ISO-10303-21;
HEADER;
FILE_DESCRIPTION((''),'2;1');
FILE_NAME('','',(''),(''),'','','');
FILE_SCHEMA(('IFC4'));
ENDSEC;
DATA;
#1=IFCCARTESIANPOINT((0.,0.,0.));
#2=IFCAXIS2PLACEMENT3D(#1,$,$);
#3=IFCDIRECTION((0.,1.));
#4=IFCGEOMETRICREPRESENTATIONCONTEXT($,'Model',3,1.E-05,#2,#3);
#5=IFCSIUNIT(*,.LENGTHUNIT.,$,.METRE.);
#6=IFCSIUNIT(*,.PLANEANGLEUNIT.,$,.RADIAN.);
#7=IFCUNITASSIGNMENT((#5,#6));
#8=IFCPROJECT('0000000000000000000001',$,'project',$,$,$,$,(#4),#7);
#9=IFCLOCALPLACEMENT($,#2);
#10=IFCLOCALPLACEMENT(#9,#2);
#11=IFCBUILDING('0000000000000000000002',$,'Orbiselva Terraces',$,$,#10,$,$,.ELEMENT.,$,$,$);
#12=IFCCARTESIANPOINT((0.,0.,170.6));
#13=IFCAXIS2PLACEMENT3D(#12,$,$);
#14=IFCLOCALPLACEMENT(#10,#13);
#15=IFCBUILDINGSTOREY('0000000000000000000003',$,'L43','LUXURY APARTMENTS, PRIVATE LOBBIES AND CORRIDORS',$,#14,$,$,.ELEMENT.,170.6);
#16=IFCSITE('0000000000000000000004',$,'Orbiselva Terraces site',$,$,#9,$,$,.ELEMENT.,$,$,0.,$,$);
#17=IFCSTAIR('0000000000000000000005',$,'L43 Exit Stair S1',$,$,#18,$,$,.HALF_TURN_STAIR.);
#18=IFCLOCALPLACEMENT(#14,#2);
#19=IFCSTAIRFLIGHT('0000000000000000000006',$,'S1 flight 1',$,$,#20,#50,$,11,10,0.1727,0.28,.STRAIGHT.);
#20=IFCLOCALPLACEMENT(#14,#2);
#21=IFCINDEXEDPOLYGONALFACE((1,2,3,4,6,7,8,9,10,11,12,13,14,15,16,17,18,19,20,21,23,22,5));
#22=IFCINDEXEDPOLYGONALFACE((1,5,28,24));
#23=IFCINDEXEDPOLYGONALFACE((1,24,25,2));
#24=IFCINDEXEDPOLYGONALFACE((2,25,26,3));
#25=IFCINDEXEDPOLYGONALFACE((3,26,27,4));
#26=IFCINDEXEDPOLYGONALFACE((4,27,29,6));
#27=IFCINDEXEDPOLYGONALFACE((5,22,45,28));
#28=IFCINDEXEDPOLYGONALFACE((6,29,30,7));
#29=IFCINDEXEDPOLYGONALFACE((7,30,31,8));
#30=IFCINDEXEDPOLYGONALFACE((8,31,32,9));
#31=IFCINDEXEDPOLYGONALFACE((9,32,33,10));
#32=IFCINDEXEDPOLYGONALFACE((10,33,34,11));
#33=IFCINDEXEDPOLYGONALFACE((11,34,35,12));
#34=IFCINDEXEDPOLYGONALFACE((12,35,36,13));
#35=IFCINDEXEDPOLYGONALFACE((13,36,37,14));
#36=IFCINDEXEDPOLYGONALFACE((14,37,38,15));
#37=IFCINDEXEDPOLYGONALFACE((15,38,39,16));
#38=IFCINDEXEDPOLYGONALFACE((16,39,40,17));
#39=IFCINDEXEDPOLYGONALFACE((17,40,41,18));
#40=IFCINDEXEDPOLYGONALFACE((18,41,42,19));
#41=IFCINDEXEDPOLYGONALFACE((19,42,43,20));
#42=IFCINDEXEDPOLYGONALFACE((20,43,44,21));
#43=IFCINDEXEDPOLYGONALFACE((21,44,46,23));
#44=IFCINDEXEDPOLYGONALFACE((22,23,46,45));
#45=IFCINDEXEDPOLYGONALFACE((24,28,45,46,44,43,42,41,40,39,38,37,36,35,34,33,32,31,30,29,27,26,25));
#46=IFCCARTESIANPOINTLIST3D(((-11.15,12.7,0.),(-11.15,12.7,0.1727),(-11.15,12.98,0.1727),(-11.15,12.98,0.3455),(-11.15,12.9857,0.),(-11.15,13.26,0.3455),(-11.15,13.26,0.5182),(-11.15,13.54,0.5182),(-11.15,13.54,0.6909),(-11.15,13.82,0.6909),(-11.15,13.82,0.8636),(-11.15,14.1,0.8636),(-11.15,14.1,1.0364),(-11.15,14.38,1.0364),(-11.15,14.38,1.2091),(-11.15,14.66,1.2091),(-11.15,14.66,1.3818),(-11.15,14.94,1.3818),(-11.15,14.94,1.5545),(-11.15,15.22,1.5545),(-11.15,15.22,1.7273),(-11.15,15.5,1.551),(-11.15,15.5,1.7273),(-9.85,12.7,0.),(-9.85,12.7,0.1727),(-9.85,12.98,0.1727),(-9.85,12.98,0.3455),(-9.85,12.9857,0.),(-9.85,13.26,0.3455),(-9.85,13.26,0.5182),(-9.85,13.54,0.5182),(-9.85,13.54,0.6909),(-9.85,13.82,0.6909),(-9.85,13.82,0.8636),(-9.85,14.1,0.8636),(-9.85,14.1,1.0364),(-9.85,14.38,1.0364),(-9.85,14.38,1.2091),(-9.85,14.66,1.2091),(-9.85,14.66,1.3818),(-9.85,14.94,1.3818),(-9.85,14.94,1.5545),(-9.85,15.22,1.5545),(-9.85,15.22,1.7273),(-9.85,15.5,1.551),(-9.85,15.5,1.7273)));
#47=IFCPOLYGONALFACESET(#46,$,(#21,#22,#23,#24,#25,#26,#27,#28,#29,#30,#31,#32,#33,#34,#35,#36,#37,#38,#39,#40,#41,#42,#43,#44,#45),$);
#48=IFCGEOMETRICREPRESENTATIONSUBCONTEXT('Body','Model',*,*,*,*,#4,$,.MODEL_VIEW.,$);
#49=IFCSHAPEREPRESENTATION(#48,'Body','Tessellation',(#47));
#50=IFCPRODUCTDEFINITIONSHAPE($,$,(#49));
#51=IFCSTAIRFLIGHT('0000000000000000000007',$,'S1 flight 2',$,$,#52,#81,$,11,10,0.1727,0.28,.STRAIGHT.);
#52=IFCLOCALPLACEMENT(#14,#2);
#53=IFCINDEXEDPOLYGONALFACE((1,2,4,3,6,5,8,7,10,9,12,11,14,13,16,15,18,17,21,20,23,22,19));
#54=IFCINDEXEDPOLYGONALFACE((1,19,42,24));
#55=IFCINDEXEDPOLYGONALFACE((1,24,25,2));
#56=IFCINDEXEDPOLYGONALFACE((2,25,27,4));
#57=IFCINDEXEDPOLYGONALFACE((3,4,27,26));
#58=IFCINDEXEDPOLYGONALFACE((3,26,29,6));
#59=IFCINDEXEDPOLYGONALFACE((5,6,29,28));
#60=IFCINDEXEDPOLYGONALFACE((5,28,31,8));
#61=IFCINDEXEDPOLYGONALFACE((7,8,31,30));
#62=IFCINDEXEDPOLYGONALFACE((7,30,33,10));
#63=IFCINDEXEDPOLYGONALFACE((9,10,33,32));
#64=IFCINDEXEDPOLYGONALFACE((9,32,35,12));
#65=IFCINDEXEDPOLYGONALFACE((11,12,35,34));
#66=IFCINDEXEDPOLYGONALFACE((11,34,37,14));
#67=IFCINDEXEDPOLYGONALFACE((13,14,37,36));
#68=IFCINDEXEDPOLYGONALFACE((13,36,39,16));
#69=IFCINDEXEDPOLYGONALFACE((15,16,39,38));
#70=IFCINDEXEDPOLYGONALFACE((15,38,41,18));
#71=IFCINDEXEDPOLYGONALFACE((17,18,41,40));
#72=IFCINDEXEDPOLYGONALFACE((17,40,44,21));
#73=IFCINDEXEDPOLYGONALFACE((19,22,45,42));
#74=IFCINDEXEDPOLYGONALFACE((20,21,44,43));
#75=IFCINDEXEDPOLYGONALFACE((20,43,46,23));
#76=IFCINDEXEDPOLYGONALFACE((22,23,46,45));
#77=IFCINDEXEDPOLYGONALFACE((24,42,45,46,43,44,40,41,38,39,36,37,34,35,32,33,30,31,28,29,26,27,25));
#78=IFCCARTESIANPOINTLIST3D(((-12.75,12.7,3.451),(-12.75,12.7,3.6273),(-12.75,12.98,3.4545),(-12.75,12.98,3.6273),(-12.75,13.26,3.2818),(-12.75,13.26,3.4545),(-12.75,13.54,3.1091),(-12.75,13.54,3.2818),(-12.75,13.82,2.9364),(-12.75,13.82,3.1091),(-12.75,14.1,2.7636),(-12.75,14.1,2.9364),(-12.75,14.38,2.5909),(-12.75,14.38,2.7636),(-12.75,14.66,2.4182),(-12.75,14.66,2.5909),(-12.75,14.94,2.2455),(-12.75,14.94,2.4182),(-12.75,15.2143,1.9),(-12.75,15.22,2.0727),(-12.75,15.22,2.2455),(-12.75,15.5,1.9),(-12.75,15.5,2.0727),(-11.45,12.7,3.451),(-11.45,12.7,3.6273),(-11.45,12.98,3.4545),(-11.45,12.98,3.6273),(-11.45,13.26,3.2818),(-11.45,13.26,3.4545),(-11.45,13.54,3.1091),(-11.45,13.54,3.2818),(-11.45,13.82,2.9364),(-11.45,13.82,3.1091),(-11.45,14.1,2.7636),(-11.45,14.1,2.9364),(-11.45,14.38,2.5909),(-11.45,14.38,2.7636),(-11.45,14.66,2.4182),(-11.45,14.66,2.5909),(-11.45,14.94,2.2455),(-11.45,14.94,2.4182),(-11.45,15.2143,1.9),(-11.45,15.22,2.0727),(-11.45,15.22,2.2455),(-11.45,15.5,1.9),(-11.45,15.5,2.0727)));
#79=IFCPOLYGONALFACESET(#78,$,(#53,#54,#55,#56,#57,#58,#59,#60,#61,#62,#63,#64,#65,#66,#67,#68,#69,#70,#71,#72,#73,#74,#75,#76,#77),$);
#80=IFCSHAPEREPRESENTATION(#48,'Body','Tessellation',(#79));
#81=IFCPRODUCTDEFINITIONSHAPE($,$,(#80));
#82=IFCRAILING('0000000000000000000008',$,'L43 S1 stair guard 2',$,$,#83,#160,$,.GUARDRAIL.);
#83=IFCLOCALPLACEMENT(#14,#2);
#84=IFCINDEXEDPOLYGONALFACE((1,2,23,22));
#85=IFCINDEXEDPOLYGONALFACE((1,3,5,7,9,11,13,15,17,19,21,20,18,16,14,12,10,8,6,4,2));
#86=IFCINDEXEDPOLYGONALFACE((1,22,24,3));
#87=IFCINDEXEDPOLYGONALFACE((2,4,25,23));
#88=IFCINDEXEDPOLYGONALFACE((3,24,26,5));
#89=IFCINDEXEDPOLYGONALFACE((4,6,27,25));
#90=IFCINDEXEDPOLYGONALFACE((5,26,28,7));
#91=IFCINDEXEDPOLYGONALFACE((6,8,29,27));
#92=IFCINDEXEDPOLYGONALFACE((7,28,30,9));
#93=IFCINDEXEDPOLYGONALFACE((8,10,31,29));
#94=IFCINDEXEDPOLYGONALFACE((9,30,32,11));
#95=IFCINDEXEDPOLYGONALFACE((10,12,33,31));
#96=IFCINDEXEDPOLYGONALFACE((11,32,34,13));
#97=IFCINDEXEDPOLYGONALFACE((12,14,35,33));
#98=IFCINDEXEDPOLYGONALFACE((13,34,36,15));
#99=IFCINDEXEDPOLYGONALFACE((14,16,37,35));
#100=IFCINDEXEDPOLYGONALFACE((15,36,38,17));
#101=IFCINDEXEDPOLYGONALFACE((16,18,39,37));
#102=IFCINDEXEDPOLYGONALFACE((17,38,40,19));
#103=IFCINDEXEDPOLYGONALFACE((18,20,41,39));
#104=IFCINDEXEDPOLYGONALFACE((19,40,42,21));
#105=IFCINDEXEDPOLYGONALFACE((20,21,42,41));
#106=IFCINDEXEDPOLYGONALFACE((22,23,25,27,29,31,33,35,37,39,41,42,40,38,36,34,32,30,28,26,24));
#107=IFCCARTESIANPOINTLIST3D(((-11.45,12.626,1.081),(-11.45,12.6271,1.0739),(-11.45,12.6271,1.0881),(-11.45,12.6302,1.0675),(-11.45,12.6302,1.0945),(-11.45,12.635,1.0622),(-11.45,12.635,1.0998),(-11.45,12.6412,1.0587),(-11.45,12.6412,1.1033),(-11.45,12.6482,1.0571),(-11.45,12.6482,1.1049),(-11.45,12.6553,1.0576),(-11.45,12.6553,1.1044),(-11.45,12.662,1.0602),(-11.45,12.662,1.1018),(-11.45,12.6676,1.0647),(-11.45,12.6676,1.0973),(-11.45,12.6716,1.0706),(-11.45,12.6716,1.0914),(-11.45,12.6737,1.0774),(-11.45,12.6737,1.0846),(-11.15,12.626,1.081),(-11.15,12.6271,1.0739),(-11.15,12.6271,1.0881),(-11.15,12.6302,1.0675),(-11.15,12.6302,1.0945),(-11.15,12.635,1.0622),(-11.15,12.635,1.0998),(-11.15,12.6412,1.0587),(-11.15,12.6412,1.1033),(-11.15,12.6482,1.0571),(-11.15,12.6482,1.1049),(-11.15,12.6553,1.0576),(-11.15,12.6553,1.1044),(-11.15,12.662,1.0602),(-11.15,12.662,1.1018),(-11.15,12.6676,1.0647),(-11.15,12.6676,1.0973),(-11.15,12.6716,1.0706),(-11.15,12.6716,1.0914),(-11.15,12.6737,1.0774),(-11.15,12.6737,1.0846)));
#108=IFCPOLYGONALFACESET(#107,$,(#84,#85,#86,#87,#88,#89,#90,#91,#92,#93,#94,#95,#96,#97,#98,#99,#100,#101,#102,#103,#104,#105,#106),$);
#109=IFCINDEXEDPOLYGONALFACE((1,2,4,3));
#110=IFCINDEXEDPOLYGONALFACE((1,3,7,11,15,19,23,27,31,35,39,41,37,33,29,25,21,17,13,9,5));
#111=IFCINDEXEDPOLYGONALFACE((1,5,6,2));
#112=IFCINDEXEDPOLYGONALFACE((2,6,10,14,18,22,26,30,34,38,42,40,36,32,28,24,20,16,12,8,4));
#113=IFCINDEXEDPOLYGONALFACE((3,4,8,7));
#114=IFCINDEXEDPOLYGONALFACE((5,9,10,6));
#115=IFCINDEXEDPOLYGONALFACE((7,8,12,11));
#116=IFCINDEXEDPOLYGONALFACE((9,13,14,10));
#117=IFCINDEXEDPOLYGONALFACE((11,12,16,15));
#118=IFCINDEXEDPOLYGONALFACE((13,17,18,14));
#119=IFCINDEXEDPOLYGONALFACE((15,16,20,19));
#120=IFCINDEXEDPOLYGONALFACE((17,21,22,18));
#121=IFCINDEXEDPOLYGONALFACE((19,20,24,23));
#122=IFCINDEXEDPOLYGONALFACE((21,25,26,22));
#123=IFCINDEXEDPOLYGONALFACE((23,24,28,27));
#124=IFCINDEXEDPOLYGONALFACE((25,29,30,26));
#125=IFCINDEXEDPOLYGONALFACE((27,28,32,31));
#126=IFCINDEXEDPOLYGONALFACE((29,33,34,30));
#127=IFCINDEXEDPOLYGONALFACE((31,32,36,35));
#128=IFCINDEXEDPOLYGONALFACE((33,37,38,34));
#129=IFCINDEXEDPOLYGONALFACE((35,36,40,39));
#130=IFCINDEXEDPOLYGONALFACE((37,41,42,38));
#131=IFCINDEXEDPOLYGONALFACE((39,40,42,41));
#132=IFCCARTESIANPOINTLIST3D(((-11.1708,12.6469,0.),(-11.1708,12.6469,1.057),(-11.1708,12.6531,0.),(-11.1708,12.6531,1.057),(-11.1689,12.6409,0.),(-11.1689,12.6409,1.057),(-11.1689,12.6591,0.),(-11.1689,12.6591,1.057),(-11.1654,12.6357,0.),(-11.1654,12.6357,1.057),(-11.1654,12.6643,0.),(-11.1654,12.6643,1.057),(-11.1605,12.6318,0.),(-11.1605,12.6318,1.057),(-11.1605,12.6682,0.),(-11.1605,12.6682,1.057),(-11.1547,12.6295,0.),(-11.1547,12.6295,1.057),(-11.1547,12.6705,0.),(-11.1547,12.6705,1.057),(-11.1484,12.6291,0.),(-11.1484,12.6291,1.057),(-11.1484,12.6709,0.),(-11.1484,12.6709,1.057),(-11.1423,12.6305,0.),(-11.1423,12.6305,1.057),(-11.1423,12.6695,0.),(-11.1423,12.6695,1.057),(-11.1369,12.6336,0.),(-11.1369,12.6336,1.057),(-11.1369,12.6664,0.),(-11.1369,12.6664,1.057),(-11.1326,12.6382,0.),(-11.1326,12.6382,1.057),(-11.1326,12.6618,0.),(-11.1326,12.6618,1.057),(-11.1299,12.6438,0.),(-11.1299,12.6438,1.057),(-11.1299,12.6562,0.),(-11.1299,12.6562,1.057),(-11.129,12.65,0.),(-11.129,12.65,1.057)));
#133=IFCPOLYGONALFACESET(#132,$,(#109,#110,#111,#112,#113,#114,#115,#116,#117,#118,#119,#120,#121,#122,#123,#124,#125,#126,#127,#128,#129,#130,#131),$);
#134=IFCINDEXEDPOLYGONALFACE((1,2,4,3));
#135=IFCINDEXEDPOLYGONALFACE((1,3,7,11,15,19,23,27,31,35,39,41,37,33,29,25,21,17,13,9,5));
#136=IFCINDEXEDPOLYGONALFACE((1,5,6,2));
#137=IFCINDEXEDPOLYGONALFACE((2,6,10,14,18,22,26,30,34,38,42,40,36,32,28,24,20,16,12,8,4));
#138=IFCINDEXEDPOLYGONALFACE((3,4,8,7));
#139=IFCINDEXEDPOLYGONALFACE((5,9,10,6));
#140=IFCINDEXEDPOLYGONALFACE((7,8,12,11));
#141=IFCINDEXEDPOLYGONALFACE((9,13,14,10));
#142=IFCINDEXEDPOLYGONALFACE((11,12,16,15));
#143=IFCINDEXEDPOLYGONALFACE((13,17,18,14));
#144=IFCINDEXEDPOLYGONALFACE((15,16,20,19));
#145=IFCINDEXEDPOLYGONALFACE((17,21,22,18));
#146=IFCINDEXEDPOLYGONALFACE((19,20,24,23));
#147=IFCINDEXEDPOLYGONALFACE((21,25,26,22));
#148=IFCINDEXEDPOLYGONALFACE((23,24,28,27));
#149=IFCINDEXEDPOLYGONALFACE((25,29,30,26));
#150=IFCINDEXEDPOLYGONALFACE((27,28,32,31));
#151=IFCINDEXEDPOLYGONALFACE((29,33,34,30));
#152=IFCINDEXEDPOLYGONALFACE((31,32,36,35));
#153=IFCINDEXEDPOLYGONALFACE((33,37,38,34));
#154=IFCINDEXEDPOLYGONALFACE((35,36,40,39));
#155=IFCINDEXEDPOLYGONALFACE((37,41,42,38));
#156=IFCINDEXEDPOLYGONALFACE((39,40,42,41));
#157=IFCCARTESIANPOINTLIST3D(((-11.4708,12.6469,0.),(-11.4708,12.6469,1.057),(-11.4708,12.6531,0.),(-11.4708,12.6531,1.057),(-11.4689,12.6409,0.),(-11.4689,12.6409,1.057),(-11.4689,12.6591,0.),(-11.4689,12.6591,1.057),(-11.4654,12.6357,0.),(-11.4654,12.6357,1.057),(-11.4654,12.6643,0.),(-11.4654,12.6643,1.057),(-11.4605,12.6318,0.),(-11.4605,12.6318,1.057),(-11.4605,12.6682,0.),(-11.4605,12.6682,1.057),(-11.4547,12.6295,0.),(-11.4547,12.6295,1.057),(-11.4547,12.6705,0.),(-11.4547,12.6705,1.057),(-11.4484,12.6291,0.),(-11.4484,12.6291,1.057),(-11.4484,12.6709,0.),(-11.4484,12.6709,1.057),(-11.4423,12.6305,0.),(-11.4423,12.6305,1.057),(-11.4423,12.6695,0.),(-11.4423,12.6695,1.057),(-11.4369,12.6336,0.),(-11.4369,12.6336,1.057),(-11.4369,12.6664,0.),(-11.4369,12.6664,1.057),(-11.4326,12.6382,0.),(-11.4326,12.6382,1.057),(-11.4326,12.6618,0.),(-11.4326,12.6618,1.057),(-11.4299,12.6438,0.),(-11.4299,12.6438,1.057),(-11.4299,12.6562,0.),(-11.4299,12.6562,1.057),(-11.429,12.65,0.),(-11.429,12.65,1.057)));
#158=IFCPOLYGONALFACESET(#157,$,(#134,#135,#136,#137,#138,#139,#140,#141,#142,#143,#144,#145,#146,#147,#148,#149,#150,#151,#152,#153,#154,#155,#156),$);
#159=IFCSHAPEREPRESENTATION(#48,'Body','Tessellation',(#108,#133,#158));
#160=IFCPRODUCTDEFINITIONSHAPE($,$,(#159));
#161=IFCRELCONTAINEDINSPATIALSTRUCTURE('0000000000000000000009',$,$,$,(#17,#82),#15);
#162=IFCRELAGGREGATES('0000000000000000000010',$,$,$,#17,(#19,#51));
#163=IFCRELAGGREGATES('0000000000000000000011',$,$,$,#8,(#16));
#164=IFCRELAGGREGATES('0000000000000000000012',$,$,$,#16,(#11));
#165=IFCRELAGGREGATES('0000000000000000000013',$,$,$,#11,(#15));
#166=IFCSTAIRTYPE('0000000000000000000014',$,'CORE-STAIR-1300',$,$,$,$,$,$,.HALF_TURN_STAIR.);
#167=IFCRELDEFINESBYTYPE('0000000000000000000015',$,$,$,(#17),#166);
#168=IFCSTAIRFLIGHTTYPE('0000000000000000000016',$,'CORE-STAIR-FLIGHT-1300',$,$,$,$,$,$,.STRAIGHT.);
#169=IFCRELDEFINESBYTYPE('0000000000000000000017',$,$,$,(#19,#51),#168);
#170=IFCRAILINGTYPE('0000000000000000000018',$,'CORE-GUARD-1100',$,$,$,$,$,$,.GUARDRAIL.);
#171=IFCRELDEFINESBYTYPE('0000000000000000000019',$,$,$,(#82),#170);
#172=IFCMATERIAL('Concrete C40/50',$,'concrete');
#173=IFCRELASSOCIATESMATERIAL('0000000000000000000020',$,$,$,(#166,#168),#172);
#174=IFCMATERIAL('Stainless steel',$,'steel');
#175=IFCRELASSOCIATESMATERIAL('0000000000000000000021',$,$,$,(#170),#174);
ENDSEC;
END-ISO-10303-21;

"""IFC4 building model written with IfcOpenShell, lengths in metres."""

from ifc_helpers import new_model, si_unit, direction, frame, origin, origin_2d, place, context, subcontext, project, spatial, polyline, circle, outline, extrude, material, type_object, element, aggregate, save


model = new_model("IFC4")

# Units and contexts
model_context = context("Model", 3, precision=1e-05, world=origin(), true_north=direction((0.0, 1.0)))
body_context = subcontext(model_context, "Body", "Model", "MODEL_VIEW")
ifc_project = project(units=[si_unit("LENGTHUNIT", "METRE"), si_unit("PLANEANGLEUNIT", "RADIAN")], contexts=[model_context])

# Site, building, storey
site_placement = place(None, origin())
site = spatial("IfcSite", under=ifc_project, at=site_placement, Name="Orbiselva Terraces site", CompositionType="ELEMENT", RefElevation=0.0)
building_placement = place(site_placement, origin())
building = spatial("IfcBuilding", under=site, at=building_placement, Name="Orbiselva Terraces", CompositionType="ELEMENT")
storey_placement = place(building_placement, frame((0.0, 0.0, 170.6)))
storey = spatial("IfcBuildingStorey", under=building, at=storey_placement, Name="L43", Description="LUXURY APARTMENTS, PRIVATE LOBBIES AND CORRIDORS", CompositionType="ELEMENT", Elevation=170.6)

# Stair, stair flights
ifc_material_1 = material(Name="Concrete C40/50", Category="concrete")
stair_type = type_object("IfcStairType", Name="CORE-STAIR-1300", PredefinedType="HALF_TURN_STAIR", material=ifc_material_1)
stair_placement = place(storey_placement, origin())
stair = element("IfcStair", 1, at=stair_placement, inside=storey, type_object=stair_type, Name="L43 Exit Stair S1", PredefinedType="HALF_TURN_STAIR")
stair_flight_type = type_object("IfcStairFlightType", Name="CORE-STAIR-FLIGHT-1300", PredefinedType="STRAIGHT", material=ifc_material_1)
stair_flight_1_placement = place(storey_placement, frame((-10.5, 12.7, 0.0), z_axis=(0.0, 0.0, 1.0), x_axis=(0.0, 1.0, 0.0)))
stair_flight_1 = element("IfcStairFlight", 2, at=stair_flight_1_placement, type_object=stair_flight_type, Name="S1 flight 1", NumberOfRisers=11, NumberOfTreads=10, PredefinedType="STRAIGHT", RiserHeight=0.1727, TreadLength=0.28, context=body_context, shape_type="SweptSolid", body=[
    extrude(outline(polyline([(0.0, 0.0), (0.0, 0.1727), (0.28, 0.1727), (0.28, 0.3455), (0.56, 0.3455), (0.56, 0.5182), (0.84, 0.5182), (0.84, 0.6909), (1.12, 0.6909), (1.12, 0.8636), (1.4, 0.8636), (1.4, 1.0364), (1.68, 1.0364), (1.68, 1.2091), (1.96, 1.2091), (1.96, 1.3818), (2.24, 1.3818), (2.24, 1.5545), (2.52, 1.5545), (2.52, 1.7273), (2.8, 1.7273), (2.8, 1.9), (2.8, 1.551), (0.2857, 0.0), (0.0, 0.0)])), frame((0.0, 0.65, 0.0), z_axis=(0.0, -1.0, 0.0), x_axis=(1.0, 0.0, 0.0)), (0.0, 0.0, 1.0), 1.3),
])
stair_flight_2_placement = place(storey_placement, frame((-12.1, 15.5, 1.9), z_axis=(0.0, 0.0, 1.0), x_axis=(0.0, -1.0, 0.0)))
stair_flight_2 = element("IfcStairFlight", 3, at=stair_flight_2_placement, type_object=stair_flight_type, Name="S1 flight 2", NumberOfRisers=11, NumberOfTreads=10, PredefinedType="STRAIGHT", RiserHeight=0.1727, TreadLength=0.28, context=body_context, shape_type="SweptSolid", body=[
    extrude(outline(polyline([(0.0, 0.0), (0.0, 0.1727), (0.28, 0.1727), (0.28, 0.3455), (0.56, 0.3455), (0.56, 0.5182), (0.84, 0.5182), (0.84, 0.6909), (1.12, 0.6909), (1.12, 0.8636), (1.4, 0.8636), (1.4, 1.0364), (1.68, 1.0364), (1.68, 1.2091), (1.96, 1.2091), (1.96, 1.3818), (2.24, 1.3818), (2.24, 1.5545), (2.52, 1.5545), (2.52, 1.7273), (2.8, 1.7273), (2.8, 1.9), (2.8, 1.551), (0.2857, 0.0), (0.0, 0.0)])), frame((0.0, 0.65, 0.0), z_axis=(0.0, -1.0, 0.0), x_axis=(1.0, 0.0, 0.0)), (0.0, 0.0, 1.0), 1.3),
])
aggregate(stair, [stair_flight_1, stair_flight_2])

# Railing
ifc_material_2 = material(Name="Stainless steel", Category="steel")
railing_type_1 = type_object("IfcRailingType", Name="CORE-GUARD-1100", PredefinedType="GUARDRAIL", material=ifc_material_2)
railing_1_placement = place(storey_placement, frame((-11.15, 12.65, 0.0)))
element("IfcRailing", 4, at=railing_1_placement, inside=storey, type_object=railing_type_1, Name="L43 S1 stair guard 2", PredefinedType="GUARDRAIL", context=body_context, shape_type="SweptSolid", body=[
    extrude(circle(Radius=0.024, at=origin_2d()), frame((0.0, 0.0, 1.081), z_axis=(-1.0, 0.0, 0.0), x_axis=(0.0, -1.0, 0.0)), (0.0, 0.0, 1.0), 0.3),
    extrude(circle(Radius=0.021, at=origin_2d()), origin(), (0.0, 0.0, 1.0), 1.057),
    extrude(circle(Radius=0.021, at=origin_2d()), frame((-0.3, 0.0, 0.0)), (0.0, 0.0, 1.0), 1.057),
])

save(model, "model.ifc")
